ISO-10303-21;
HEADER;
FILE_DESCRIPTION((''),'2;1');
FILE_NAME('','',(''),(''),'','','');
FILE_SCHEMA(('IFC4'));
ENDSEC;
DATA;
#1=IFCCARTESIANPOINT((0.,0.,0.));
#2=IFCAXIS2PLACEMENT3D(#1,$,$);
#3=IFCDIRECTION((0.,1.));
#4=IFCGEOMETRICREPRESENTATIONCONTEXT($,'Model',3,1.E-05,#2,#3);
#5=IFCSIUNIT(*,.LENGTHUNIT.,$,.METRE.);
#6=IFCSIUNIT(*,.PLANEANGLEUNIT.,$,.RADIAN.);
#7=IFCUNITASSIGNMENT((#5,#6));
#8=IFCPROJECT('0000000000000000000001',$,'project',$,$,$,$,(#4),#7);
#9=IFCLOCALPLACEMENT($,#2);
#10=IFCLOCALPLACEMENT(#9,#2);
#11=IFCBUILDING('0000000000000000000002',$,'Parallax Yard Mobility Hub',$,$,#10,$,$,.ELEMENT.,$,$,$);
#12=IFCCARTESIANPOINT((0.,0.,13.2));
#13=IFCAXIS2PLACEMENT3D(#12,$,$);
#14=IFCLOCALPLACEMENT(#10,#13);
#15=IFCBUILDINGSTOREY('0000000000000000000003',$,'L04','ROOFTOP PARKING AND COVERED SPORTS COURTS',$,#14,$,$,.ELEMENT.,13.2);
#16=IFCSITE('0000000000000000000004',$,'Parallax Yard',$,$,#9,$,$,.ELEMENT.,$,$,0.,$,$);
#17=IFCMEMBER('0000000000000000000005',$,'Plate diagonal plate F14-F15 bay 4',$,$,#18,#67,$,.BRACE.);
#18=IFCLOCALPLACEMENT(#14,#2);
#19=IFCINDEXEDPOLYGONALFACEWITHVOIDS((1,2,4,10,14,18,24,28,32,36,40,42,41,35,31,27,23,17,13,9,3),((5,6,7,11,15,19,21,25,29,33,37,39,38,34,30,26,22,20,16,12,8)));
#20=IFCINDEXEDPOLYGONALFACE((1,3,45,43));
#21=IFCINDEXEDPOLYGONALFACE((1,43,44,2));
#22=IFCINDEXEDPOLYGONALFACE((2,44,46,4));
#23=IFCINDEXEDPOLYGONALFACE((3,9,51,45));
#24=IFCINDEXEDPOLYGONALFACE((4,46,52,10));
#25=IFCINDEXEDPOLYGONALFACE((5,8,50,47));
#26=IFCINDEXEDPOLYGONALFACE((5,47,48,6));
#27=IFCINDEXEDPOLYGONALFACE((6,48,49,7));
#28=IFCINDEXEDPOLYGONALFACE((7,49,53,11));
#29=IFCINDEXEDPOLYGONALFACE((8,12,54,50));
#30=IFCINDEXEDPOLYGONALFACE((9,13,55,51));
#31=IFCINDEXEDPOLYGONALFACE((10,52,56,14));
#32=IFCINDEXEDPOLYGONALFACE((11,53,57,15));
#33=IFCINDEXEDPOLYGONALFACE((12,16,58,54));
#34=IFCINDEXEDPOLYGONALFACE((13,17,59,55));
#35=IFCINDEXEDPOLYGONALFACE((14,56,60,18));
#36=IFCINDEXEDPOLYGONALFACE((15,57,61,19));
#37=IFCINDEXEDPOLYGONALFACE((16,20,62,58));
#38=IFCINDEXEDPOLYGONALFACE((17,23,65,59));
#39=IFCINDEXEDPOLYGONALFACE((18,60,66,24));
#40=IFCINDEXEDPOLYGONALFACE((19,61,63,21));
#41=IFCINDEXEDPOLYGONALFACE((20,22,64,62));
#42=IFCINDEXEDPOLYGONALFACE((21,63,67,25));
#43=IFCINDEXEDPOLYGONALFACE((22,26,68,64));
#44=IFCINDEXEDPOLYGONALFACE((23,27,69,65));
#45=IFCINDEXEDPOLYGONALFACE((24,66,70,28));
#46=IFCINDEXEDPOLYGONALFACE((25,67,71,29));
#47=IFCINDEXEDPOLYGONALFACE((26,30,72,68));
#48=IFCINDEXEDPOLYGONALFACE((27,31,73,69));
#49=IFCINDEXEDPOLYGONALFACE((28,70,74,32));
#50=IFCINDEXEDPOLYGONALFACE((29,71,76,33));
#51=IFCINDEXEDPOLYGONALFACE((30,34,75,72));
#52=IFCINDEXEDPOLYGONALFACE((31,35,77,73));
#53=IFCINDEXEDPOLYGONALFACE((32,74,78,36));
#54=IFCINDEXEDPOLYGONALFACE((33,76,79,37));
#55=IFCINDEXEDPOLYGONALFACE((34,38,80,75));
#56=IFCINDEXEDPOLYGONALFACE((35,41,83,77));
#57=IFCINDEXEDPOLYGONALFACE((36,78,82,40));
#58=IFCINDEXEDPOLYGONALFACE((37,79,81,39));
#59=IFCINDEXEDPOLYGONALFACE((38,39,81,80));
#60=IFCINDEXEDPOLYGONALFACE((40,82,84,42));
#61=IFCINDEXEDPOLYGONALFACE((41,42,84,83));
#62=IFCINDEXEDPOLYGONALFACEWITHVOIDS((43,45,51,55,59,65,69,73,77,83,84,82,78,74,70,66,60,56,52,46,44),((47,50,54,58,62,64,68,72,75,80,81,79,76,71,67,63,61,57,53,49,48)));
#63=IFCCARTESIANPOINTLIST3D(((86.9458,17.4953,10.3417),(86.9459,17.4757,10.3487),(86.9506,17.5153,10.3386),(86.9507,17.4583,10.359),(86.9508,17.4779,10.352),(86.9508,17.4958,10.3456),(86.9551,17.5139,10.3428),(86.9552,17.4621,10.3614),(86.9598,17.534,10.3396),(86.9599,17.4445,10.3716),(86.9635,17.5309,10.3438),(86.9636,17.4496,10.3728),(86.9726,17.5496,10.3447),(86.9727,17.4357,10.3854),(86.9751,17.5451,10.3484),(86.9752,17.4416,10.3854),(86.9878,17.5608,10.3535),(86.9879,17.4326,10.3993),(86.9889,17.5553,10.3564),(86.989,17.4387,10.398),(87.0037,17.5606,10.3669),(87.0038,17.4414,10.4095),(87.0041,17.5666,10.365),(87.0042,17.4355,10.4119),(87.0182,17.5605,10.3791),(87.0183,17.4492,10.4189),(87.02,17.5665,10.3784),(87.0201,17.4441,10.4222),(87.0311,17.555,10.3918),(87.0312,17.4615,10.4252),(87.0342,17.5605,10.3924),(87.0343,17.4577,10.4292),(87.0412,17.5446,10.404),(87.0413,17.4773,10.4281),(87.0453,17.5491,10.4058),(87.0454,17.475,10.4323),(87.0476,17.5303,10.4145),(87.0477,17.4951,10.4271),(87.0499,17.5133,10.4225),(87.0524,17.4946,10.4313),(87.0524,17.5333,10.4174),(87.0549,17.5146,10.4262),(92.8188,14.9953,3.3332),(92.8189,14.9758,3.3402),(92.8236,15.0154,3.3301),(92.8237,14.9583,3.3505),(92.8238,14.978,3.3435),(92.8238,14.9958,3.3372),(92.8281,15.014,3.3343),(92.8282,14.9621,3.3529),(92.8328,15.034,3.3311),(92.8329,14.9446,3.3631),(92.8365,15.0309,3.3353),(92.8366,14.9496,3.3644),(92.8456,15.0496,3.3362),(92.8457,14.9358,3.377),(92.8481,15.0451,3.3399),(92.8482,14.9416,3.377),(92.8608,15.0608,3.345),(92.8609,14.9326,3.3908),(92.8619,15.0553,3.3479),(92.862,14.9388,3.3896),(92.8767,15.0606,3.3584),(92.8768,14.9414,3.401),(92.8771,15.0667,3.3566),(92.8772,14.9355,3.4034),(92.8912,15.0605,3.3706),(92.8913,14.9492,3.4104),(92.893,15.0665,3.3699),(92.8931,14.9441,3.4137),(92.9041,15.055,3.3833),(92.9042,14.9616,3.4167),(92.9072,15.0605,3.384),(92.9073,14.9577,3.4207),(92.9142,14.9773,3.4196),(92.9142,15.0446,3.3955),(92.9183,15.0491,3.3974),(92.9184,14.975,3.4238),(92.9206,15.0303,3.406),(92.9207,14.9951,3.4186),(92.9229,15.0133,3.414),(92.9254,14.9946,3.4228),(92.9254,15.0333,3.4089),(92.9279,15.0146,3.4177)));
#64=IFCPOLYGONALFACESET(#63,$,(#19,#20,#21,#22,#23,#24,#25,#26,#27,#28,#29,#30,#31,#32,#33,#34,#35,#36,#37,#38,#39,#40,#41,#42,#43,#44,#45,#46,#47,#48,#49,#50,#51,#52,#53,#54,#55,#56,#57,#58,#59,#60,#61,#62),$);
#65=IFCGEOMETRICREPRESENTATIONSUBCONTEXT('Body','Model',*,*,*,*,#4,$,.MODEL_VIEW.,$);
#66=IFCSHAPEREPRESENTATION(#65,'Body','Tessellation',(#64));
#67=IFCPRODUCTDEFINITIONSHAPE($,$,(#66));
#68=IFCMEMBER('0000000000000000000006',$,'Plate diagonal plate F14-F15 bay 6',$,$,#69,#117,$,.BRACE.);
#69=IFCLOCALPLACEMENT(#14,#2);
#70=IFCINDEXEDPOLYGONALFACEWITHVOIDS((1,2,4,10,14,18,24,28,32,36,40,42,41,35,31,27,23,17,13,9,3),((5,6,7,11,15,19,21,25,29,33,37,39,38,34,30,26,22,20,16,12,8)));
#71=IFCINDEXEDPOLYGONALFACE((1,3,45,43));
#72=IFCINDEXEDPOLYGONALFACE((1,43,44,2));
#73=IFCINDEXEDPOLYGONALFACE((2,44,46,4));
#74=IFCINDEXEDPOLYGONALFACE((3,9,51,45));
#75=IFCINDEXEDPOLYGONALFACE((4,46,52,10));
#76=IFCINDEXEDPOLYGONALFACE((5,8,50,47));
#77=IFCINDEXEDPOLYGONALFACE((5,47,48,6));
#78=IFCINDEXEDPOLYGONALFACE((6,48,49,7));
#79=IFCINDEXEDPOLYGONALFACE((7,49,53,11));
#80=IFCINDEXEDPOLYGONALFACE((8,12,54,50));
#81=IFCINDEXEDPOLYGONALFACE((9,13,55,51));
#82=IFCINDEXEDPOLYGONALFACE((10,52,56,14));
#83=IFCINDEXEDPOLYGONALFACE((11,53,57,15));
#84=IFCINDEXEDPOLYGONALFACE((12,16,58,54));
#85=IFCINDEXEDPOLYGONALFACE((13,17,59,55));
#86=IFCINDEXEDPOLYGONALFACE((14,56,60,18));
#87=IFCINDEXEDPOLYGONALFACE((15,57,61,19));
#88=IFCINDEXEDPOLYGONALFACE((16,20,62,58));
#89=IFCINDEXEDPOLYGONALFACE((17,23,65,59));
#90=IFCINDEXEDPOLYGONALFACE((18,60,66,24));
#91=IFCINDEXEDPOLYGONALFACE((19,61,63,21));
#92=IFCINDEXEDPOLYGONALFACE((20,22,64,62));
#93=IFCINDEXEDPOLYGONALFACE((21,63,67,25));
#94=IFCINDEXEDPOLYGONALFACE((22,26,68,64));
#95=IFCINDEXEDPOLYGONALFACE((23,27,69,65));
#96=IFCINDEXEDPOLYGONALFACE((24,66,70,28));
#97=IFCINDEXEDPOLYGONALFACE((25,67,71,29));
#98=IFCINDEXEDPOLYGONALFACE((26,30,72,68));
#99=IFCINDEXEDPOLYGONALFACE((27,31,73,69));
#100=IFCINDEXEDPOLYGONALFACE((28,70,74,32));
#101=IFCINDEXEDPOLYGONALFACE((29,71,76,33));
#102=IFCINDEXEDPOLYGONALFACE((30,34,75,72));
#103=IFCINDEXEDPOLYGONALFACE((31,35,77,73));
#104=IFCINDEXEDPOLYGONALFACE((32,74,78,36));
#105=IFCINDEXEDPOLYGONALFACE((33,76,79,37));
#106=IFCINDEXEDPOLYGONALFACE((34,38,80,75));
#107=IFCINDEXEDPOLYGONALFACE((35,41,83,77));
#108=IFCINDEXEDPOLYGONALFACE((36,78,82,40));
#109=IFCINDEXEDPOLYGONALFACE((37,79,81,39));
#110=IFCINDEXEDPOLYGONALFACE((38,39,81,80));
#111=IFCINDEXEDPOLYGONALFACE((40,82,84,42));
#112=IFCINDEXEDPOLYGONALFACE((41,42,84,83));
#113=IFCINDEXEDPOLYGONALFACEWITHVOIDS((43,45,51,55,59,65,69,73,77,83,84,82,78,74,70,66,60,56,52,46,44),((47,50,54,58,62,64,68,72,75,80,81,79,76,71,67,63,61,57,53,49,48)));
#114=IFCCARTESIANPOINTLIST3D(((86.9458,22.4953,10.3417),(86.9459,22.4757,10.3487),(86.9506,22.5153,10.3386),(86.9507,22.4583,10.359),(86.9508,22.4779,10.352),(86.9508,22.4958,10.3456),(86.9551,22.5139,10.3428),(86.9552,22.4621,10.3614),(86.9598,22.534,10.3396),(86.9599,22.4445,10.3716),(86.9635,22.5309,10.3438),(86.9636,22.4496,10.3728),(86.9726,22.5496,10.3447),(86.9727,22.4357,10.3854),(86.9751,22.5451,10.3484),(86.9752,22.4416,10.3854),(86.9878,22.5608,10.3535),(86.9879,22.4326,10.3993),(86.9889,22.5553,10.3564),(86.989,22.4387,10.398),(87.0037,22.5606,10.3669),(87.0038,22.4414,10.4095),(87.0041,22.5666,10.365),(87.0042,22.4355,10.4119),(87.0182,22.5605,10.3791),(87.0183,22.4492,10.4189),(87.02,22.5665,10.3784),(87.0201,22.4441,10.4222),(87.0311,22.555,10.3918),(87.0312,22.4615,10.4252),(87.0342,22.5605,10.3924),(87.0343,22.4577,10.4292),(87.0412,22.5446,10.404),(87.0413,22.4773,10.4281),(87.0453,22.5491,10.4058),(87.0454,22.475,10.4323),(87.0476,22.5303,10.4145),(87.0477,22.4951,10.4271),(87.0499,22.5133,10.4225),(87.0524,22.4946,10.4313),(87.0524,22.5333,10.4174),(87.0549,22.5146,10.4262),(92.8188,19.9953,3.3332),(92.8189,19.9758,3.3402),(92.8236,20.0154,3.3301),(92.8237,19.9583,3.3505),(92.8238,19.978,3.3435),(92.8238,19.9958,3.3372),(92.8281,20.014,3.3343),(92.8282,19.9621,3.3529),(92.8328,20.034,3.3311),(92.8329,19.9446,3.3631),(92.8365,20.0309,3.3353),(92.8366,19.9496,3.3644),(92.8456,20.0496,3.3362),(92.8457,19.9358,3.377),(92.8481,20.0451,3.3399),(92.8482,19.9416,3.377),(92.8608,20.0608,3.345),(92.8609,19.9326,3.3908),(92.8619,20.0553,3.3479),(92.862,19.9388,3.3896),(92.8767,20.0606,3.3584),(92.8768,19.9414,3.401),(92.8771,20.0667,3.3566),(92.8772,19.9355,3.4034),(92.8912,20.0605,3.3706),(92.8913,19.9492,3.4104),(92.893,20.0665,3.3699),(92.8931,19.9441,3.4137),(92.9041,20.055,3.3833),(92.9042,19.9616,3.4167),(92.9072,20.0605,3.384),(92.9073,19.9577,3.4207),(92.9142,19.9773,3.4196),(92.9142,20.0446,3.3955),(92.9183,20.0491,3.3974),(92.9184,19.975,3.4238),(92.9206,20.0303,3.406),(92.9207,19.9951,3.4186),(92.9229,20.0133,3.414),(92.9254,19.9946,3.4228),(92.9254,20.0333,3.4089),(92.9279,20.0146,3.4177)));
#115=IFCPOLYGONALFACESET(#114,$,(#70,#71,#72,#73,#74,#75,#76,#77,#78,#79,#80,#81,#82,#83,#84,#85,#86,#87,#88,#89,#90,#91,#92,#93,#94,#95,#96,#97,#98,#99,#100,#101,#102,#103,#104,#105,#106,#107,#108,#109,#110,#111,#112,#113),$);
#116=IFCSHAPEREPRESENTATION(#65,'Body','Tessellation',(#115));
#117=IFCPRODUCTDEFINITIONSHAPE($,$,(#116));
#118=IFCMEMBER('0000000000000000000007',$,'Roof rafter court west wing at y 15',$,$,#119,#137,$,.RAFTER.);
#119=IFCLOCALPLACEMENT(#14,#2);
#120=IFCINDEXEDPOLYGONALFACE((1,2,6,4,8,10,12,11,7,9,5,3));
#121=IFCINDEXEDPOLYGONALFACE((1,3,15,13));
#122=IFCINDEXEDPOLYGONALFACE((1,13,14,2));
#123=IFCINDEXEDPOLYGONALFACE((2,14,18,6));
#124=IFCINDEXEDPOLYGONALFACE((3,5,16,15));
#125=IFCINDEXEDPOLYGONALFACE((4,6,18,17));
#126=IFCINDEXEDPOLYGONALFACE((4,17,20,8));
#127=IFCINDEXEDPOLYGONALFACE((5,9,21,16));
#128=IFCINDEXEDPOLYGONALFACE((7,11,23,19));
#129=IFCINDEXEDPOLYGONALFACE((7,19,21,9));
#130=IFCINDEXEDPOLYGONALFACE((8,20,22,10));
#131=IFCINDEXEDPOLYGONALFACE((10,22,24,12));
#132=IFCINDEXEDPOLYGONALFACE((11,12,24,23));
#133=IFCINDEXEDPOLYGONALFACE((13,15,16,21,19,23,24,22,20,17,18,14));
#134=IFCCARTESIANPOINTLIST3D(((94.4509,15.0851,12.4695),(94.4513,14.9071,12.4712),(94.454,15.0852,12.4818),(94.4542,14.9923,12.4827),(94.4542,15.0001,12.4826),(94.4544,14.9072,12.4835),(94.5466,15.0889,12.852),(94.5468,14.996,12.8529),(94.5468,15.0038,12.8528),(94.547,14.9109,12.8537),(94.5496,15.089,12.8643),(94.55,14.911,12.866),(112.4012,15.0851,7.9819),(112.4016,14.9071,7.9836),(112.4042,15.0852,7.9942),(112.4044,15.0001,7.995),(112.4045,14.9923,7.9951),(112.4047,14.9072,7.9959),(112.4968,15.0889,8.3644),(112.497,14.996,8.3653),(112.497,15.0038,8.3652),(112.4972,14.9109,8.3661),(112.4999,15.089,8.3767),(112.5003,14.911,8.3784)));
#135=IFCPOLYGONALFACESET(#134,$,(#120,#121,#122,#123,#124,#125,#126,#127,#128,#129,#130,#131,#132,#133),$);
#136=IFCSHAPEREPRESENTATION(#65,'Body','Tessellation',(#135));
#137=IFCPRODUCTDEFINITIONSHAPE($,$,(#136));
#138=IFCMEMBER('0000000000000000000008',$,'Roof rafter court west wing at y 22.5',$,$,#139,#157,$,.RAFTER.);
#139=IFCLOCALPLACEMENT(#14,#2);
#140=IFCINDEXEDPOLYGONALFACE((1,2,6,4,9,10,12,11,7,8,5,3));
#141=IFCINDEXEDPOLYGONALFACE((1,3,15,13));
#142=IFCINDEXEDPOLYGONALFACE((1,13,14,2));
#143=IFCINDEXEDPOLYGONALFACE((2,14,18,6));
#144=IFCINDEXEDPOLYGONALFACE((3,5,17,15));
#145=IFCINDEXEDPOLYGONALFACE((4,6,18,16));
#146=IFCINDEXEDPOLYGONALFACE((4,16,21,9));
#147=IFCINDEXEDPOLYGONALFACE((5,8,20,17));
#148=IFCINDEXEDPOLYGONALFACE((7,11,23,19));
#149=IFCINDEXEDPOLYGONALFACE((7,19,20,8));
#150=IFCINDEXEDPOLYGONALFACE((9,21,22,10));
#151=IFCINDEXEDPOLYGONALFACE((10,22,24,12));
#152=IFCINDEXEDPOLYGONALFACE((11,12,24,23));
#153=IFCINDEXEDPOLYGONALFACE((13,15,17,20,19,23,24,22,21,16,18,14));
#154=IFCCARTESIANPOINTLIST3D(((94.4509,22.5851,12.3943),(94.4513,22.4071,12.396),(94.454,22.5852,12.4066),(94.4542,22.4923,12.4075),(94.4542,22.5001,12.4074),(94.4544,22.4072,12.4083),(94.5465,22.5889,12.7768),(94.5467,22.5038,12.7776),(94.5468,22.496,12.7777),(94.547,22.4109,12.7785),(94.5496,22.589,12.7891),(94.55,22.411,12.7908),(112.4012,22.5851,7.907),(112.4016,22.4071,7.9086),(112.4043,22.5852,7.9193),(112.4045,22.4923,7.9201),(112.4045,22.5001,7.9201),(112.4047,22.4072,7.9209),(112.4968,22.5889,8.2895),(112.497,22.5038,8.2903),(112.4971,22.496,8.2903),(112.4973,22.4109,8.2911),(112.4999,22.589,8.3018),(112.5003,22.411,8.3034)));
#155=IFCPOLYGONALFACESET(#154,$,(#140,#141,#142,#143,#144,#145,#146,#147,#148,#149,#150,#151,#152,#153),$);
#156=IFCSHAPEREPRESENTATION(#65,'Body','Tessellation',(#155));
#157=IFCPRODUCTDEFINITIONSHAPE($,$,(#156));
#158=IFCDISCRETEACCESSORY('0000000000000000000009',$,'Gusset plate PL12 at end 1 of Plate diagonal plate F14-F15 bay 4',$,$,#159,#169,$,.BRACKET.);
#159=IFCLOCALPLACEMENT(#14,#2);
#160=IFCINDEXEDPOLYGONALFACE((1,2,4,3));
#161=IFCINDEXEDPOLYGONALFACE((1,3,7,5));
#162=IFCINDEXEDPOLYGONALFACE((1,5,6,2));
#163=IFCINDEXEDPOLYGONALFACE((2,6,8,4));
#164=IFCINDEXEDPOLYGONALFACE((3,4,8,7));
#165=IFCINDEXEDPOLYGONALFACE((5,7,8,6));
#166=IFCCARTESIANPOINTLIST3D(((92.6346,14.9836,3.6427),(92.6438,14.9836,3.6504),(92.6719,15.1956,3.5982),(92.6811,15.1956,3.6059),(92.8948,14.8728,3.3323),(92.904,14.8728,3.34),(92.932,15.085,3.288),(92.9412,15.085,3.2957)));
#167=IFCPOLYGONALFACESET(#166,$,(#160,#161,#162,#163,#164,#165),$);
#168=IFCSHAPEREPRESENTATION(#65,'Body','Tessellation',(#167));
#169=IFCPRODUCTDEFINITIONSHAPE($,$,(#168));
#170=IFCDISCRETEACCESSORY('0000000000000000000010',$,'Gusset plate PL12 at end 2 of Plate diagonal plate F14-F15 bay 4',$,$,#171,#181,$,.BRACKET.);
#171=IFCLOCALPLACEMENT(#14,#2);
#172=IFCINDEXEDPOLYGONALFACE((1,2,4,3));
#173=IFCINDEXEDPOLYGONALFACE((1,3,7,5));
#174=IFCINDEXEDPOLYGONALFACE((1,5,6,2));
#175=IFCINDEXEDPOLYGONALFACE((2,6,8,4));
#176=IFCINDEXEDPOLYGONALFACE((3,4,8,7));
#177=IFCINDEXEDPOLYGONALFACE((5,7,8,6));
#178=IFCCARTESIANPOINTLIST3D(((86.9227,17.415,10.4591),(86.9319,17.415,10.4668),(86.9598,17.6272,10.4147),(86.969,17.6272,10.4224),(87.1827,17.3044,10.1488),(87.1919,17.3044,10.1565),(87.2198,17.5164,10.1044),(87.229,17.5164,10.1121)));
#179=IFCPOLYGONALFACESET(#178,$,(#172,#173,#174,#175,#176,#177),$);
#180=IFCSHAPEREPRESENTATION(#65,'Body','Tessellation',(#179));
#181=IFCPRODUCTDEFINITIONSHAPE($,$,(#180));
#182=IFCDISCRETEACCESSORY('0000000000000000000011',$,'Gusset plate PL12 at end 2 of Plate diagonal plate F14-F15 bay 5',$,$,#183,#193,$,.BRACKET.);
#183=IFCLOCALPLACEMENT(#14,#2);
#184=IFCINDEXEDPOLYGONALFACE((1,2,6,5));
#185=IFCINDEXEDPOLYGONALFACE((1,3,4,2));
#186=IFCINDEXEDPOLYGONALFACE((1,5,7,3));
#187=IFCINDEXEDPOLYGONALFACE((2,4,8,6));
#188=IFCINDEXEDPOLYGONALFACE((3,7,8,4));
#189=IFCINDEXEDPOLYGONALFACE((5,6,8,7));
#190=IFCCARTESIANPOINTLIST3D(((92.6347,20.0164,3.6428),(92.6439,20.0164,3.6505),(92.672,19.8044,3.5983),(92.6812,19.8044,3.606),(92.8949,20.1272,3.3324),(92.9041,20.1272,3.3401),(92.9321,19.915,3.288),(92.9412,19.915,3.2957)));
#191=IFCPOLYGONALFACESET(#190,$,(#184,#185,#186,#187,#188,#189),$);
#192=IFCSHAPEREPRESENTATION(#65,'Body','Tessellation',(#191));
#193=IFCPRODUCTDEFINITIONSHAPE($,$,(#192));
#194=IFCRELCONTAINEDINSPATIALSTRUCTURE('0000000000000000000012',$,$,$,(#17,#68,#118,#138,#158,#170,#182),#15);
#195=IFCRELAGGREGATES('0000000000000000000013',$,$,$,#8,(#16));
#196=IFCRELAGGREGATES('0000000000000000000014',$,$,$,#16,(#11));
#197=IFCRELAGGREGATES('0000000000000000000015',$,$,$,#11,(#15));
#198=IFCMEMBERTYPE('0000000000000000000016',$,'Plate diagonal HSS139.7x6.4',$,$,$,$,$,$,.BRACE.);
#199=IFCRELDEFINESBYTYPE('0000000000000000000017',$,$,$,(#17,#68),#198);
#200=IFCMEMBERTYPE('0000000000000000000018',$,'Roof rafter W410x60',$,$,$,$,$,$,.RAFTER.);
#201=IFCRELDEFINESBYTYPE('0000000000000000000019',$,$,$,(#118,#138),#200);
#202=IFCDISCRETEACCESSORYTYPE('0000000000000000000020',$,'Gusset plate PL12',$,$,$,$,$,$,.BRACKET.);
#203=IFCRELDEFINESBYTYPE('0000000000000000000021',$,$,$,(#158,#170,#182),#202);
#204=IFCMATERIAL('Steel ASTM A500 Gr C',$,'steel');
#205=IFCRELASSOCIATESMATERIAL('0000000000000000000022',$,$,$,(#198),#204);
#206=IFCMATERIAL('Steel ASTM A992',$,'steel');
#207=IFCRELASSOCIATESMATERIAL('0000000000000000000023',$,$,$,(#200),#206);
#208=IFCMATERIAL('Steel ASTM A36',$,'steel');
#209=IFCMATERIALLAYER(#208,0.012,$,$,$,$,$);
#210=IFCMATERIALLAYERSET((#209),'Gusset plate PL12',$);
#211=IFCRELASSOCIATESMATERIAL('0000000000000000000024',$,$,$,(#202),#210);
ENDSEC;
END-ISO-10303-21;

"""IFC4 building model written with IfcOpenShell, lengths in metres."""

from ifc_helpers import new_model, si_unit, direction, frame, origin, origin_2d, place, context, subcontext, project, spatial, polyline, hollow_circle, i_section, outline, extrude, material, layer, layer_set, material_profile, profile_set, type_object, element, save


model = new_model("IFC4")

# Units and contexts
model_context = context("Model", 3, precision=1e-05, world=origin(), true_north=direction((0.0, 1.0)))
body_context = subcontext(model_context, "Body", "Model", "MODEL_VIEW")
ifc_project = project(units=[si_unit("LENGTHUNIT", "METRE"), si_unit("PLANEANGLEUNIT", "RADIAN")], contexts=[model_context])

# Site, building, storey
site_placement = place(None, origin())
site = spatial("IfcSite", under=ifc_project, at=site_placement, Name="Parallax Yard", CompositionType="ELEMENT", RefElevation=0.0)
building_placement = place(site_placement, origin())
building = spatial("IfcBuilding", under=site, at=building_placement, Name="Parallax Yard Mobility Hub", CompositionType="ELEMENT")
storey_placement = place(building_placement, frame((0.0, 0.0, 13.2)))
storey = spatial("IfcBuildingStorey", under=building, at=storey_placement, Name="L04", Description="ROOFTOP PARKING AND COVERED SPORTS COURTS", CompositionType="ELEMENT", Elevation=13.2)

# Members
ifc_material_1 = material(Name="Steel ASTM A500 Gr C", Category="steel")
ifc_material_profile_1 = material_profile(ifc_material_1, hollow_circle(Radius=0.0698, WallThickness=0.0063, at=origin_2d()), Name="HSS139.7x6.4")
ifc_profile_set_1 = profile_set([ifc_material_profile_1], Name="Steel ASTM A500 Gr C")
member_type_1 = type_object("IfcMemberType", Name="Plate diagonal HSS139.7x6.4", PredefinedType="BRACE", material=ifc_profile_set_1)
for number, where, z_axis, x_axis, name in (
    (1, (92.873, 15.0, 3.377), (-0.619547, 0.263725, 0.739331), (-0.391665, -0.920108, 0.0), "Plate diagonal plate F14-F15 bay 4"),
    (2, (92.873, 20.0, 3.377), (-0.619547, 0.263725, 0.739331), (-0.391665, -0.920108, 0.0), "Plate diagonal plate F14-F15 bay 6"),
):
    element("IfcMember", number, at=place(storey_placement, frame(where, z_axis=z_axis, x_axis=x_axis)), inside=storey, type_object=member_type_1, Name=name, PredefinedType="BRACE", context=body_context, shape_type="SweptSolid", body=[
        extrude(hollow_circle(Radius=0.0698, WallThickness=0.0063, at=origin_2d()), origin(), (0.0, 0.0, 1.0), 9.4795),
    ])
ifc_material_2 = material(Name="Steel ASTM A992", Category="steel")
ifc_material_profile_2 = material_profile(ifc_material_2, i_section(OverallWidth=0.178, OverallDepth=0.407, WebThickness=0.0078, FlangeThickness=0.0127, at=origin_2d()), Name="W410x60")
ifc_profile_set_2 = profile_set([ifc_material_profile_2], Name="Steel ASTM A992")
member_type_2 = type_object("IfcMemberType", Name="Roof rafter W410x60", PredefinedType="RAFTER", material=ifc_profile_set_2)
for number, where, z_axis, x_axis, name in (
    (3, (94.5005, 14.998, 12.6677), (0.970143, 0.0, -0.242536), (-0.002353, 0.999953, -0.009411), "Roof rafter court west wing at y 15"),
    (4, (94.5005, 22.498, 12.5925), (0.970146, 0.0, -0.242523), (-0.002353, 0.999953, -0.009411), "Roof rafter court west wing at y 22.5"),
):
    element("IfcMember", number, at=place(storey_placement, frame(where, z_axis=z_axis, x_axis=x_axis)), inside=storey, type_object=member_type_2, Name=name, PredefinedType="RAFTER", context=body_context, shape_type="SweptSolid", body=[
        extrude(i_section(OverallWidth=0.178, OverallDepth=0.407, WebThickness=0.0078, FlangeThickness=0.0127, at=origin_2d()), origin(), (0.0, 0.0, 1.0), 18.5027),
    ])

# Discrete accessories
ifc_material_3 = material(Name="Steel ASTM A36", Category="steel")
ifc_layer = layer(ifc_material_3, 0.012)
ifc_layer_set = layer_set([ifc_layer], Name="Gusset plate PL12")
discrete_accessory_type = type_object("IfcDiscreteAccessoryType", Name="Gusset plate PL12", PredefinedType="BRACKET", material=ifc_layer_set)
discrete_accessory_1_placement = place(storey_placement, frame((92.6438, 14.9836, 3.6504), z_axis=(0.766351, 0.00006, 0.642423), x_axis=(0.619648, -0.263975, -0.739157)))
element("IfcDiscreteAccessory", 5, at=discrete_accessory_1_placement, inside=storey, type_object=discrete_accessory_type, Name="Gusset plate PL12 at end 1 of Plate diagonal plate F14-F15 bay 4", PredefinedType="BRACKET", context=body_context, shape_type="SweptSolid", body=[
    extrude(outline(polyline([(0.0, 0.0), (0.4199, 0.0), (0.4197, 0.2199), (0.0, 0.2197), (0.0, 0.0)])), origin(), (0.0, 0.0, -1.0), 0.012),
])
discrete_accessory_2_placement = place(storey_placement, frame((87.229, 17.5164, 10.1121), z_axis=(0.766561, 0.000412, 0.642172), x_axis=(-0.61946, 0.26407, 0.739281)))
element("IfcDiscreteAccessory", 6, at=discrete_accessory_2_placement, inside=storey, type_object=discrete_accessory_type, Name="Gusset plate PL12 at end 2 of Plate diagonal plate F14-F15 bay 4", PredefinedType="BRACKET", context=body_context, shape_type="SweptSolid", body=[
    extrude(outline(polyline([(0.0, 0.0), (0.4197, 0.0), (0.4195, 0.2199), (-0.0001, 0.2197), (0.0, 0.0)])), origin(), (0.0, 0.0, -1.0), 0.012),
])
discrete_accessory_3_placement = place(storey_placement, frame((92.6812, 19.8044, 3.606), z_axis=(0.766351, -0.00006, 0.642423), x_axis=(0.619726, 0.263529, -0.739251)))
element("IfcDiscreteAccessory", 7, at=discrete_accessory_3_placement, inside=storey, type_object=discrete_accessory_type, Name="Gusset plate PL12 at end 2 of Plate diagonal plate F14-F15 bay 5", PredefinedType="BRACKET", context=body_context, shape_type="SweptSolid", body=[
    extrude(outline(polyline([(0.0, 0.0), (0.4197, 0.0), (0.4197, 0.2199), (-0.0002, 0.2197), (0.0, 0.0)])), origin(), (0.0, 0.0, -1.0), 0.012),
])

save(model, "model.ifc")
